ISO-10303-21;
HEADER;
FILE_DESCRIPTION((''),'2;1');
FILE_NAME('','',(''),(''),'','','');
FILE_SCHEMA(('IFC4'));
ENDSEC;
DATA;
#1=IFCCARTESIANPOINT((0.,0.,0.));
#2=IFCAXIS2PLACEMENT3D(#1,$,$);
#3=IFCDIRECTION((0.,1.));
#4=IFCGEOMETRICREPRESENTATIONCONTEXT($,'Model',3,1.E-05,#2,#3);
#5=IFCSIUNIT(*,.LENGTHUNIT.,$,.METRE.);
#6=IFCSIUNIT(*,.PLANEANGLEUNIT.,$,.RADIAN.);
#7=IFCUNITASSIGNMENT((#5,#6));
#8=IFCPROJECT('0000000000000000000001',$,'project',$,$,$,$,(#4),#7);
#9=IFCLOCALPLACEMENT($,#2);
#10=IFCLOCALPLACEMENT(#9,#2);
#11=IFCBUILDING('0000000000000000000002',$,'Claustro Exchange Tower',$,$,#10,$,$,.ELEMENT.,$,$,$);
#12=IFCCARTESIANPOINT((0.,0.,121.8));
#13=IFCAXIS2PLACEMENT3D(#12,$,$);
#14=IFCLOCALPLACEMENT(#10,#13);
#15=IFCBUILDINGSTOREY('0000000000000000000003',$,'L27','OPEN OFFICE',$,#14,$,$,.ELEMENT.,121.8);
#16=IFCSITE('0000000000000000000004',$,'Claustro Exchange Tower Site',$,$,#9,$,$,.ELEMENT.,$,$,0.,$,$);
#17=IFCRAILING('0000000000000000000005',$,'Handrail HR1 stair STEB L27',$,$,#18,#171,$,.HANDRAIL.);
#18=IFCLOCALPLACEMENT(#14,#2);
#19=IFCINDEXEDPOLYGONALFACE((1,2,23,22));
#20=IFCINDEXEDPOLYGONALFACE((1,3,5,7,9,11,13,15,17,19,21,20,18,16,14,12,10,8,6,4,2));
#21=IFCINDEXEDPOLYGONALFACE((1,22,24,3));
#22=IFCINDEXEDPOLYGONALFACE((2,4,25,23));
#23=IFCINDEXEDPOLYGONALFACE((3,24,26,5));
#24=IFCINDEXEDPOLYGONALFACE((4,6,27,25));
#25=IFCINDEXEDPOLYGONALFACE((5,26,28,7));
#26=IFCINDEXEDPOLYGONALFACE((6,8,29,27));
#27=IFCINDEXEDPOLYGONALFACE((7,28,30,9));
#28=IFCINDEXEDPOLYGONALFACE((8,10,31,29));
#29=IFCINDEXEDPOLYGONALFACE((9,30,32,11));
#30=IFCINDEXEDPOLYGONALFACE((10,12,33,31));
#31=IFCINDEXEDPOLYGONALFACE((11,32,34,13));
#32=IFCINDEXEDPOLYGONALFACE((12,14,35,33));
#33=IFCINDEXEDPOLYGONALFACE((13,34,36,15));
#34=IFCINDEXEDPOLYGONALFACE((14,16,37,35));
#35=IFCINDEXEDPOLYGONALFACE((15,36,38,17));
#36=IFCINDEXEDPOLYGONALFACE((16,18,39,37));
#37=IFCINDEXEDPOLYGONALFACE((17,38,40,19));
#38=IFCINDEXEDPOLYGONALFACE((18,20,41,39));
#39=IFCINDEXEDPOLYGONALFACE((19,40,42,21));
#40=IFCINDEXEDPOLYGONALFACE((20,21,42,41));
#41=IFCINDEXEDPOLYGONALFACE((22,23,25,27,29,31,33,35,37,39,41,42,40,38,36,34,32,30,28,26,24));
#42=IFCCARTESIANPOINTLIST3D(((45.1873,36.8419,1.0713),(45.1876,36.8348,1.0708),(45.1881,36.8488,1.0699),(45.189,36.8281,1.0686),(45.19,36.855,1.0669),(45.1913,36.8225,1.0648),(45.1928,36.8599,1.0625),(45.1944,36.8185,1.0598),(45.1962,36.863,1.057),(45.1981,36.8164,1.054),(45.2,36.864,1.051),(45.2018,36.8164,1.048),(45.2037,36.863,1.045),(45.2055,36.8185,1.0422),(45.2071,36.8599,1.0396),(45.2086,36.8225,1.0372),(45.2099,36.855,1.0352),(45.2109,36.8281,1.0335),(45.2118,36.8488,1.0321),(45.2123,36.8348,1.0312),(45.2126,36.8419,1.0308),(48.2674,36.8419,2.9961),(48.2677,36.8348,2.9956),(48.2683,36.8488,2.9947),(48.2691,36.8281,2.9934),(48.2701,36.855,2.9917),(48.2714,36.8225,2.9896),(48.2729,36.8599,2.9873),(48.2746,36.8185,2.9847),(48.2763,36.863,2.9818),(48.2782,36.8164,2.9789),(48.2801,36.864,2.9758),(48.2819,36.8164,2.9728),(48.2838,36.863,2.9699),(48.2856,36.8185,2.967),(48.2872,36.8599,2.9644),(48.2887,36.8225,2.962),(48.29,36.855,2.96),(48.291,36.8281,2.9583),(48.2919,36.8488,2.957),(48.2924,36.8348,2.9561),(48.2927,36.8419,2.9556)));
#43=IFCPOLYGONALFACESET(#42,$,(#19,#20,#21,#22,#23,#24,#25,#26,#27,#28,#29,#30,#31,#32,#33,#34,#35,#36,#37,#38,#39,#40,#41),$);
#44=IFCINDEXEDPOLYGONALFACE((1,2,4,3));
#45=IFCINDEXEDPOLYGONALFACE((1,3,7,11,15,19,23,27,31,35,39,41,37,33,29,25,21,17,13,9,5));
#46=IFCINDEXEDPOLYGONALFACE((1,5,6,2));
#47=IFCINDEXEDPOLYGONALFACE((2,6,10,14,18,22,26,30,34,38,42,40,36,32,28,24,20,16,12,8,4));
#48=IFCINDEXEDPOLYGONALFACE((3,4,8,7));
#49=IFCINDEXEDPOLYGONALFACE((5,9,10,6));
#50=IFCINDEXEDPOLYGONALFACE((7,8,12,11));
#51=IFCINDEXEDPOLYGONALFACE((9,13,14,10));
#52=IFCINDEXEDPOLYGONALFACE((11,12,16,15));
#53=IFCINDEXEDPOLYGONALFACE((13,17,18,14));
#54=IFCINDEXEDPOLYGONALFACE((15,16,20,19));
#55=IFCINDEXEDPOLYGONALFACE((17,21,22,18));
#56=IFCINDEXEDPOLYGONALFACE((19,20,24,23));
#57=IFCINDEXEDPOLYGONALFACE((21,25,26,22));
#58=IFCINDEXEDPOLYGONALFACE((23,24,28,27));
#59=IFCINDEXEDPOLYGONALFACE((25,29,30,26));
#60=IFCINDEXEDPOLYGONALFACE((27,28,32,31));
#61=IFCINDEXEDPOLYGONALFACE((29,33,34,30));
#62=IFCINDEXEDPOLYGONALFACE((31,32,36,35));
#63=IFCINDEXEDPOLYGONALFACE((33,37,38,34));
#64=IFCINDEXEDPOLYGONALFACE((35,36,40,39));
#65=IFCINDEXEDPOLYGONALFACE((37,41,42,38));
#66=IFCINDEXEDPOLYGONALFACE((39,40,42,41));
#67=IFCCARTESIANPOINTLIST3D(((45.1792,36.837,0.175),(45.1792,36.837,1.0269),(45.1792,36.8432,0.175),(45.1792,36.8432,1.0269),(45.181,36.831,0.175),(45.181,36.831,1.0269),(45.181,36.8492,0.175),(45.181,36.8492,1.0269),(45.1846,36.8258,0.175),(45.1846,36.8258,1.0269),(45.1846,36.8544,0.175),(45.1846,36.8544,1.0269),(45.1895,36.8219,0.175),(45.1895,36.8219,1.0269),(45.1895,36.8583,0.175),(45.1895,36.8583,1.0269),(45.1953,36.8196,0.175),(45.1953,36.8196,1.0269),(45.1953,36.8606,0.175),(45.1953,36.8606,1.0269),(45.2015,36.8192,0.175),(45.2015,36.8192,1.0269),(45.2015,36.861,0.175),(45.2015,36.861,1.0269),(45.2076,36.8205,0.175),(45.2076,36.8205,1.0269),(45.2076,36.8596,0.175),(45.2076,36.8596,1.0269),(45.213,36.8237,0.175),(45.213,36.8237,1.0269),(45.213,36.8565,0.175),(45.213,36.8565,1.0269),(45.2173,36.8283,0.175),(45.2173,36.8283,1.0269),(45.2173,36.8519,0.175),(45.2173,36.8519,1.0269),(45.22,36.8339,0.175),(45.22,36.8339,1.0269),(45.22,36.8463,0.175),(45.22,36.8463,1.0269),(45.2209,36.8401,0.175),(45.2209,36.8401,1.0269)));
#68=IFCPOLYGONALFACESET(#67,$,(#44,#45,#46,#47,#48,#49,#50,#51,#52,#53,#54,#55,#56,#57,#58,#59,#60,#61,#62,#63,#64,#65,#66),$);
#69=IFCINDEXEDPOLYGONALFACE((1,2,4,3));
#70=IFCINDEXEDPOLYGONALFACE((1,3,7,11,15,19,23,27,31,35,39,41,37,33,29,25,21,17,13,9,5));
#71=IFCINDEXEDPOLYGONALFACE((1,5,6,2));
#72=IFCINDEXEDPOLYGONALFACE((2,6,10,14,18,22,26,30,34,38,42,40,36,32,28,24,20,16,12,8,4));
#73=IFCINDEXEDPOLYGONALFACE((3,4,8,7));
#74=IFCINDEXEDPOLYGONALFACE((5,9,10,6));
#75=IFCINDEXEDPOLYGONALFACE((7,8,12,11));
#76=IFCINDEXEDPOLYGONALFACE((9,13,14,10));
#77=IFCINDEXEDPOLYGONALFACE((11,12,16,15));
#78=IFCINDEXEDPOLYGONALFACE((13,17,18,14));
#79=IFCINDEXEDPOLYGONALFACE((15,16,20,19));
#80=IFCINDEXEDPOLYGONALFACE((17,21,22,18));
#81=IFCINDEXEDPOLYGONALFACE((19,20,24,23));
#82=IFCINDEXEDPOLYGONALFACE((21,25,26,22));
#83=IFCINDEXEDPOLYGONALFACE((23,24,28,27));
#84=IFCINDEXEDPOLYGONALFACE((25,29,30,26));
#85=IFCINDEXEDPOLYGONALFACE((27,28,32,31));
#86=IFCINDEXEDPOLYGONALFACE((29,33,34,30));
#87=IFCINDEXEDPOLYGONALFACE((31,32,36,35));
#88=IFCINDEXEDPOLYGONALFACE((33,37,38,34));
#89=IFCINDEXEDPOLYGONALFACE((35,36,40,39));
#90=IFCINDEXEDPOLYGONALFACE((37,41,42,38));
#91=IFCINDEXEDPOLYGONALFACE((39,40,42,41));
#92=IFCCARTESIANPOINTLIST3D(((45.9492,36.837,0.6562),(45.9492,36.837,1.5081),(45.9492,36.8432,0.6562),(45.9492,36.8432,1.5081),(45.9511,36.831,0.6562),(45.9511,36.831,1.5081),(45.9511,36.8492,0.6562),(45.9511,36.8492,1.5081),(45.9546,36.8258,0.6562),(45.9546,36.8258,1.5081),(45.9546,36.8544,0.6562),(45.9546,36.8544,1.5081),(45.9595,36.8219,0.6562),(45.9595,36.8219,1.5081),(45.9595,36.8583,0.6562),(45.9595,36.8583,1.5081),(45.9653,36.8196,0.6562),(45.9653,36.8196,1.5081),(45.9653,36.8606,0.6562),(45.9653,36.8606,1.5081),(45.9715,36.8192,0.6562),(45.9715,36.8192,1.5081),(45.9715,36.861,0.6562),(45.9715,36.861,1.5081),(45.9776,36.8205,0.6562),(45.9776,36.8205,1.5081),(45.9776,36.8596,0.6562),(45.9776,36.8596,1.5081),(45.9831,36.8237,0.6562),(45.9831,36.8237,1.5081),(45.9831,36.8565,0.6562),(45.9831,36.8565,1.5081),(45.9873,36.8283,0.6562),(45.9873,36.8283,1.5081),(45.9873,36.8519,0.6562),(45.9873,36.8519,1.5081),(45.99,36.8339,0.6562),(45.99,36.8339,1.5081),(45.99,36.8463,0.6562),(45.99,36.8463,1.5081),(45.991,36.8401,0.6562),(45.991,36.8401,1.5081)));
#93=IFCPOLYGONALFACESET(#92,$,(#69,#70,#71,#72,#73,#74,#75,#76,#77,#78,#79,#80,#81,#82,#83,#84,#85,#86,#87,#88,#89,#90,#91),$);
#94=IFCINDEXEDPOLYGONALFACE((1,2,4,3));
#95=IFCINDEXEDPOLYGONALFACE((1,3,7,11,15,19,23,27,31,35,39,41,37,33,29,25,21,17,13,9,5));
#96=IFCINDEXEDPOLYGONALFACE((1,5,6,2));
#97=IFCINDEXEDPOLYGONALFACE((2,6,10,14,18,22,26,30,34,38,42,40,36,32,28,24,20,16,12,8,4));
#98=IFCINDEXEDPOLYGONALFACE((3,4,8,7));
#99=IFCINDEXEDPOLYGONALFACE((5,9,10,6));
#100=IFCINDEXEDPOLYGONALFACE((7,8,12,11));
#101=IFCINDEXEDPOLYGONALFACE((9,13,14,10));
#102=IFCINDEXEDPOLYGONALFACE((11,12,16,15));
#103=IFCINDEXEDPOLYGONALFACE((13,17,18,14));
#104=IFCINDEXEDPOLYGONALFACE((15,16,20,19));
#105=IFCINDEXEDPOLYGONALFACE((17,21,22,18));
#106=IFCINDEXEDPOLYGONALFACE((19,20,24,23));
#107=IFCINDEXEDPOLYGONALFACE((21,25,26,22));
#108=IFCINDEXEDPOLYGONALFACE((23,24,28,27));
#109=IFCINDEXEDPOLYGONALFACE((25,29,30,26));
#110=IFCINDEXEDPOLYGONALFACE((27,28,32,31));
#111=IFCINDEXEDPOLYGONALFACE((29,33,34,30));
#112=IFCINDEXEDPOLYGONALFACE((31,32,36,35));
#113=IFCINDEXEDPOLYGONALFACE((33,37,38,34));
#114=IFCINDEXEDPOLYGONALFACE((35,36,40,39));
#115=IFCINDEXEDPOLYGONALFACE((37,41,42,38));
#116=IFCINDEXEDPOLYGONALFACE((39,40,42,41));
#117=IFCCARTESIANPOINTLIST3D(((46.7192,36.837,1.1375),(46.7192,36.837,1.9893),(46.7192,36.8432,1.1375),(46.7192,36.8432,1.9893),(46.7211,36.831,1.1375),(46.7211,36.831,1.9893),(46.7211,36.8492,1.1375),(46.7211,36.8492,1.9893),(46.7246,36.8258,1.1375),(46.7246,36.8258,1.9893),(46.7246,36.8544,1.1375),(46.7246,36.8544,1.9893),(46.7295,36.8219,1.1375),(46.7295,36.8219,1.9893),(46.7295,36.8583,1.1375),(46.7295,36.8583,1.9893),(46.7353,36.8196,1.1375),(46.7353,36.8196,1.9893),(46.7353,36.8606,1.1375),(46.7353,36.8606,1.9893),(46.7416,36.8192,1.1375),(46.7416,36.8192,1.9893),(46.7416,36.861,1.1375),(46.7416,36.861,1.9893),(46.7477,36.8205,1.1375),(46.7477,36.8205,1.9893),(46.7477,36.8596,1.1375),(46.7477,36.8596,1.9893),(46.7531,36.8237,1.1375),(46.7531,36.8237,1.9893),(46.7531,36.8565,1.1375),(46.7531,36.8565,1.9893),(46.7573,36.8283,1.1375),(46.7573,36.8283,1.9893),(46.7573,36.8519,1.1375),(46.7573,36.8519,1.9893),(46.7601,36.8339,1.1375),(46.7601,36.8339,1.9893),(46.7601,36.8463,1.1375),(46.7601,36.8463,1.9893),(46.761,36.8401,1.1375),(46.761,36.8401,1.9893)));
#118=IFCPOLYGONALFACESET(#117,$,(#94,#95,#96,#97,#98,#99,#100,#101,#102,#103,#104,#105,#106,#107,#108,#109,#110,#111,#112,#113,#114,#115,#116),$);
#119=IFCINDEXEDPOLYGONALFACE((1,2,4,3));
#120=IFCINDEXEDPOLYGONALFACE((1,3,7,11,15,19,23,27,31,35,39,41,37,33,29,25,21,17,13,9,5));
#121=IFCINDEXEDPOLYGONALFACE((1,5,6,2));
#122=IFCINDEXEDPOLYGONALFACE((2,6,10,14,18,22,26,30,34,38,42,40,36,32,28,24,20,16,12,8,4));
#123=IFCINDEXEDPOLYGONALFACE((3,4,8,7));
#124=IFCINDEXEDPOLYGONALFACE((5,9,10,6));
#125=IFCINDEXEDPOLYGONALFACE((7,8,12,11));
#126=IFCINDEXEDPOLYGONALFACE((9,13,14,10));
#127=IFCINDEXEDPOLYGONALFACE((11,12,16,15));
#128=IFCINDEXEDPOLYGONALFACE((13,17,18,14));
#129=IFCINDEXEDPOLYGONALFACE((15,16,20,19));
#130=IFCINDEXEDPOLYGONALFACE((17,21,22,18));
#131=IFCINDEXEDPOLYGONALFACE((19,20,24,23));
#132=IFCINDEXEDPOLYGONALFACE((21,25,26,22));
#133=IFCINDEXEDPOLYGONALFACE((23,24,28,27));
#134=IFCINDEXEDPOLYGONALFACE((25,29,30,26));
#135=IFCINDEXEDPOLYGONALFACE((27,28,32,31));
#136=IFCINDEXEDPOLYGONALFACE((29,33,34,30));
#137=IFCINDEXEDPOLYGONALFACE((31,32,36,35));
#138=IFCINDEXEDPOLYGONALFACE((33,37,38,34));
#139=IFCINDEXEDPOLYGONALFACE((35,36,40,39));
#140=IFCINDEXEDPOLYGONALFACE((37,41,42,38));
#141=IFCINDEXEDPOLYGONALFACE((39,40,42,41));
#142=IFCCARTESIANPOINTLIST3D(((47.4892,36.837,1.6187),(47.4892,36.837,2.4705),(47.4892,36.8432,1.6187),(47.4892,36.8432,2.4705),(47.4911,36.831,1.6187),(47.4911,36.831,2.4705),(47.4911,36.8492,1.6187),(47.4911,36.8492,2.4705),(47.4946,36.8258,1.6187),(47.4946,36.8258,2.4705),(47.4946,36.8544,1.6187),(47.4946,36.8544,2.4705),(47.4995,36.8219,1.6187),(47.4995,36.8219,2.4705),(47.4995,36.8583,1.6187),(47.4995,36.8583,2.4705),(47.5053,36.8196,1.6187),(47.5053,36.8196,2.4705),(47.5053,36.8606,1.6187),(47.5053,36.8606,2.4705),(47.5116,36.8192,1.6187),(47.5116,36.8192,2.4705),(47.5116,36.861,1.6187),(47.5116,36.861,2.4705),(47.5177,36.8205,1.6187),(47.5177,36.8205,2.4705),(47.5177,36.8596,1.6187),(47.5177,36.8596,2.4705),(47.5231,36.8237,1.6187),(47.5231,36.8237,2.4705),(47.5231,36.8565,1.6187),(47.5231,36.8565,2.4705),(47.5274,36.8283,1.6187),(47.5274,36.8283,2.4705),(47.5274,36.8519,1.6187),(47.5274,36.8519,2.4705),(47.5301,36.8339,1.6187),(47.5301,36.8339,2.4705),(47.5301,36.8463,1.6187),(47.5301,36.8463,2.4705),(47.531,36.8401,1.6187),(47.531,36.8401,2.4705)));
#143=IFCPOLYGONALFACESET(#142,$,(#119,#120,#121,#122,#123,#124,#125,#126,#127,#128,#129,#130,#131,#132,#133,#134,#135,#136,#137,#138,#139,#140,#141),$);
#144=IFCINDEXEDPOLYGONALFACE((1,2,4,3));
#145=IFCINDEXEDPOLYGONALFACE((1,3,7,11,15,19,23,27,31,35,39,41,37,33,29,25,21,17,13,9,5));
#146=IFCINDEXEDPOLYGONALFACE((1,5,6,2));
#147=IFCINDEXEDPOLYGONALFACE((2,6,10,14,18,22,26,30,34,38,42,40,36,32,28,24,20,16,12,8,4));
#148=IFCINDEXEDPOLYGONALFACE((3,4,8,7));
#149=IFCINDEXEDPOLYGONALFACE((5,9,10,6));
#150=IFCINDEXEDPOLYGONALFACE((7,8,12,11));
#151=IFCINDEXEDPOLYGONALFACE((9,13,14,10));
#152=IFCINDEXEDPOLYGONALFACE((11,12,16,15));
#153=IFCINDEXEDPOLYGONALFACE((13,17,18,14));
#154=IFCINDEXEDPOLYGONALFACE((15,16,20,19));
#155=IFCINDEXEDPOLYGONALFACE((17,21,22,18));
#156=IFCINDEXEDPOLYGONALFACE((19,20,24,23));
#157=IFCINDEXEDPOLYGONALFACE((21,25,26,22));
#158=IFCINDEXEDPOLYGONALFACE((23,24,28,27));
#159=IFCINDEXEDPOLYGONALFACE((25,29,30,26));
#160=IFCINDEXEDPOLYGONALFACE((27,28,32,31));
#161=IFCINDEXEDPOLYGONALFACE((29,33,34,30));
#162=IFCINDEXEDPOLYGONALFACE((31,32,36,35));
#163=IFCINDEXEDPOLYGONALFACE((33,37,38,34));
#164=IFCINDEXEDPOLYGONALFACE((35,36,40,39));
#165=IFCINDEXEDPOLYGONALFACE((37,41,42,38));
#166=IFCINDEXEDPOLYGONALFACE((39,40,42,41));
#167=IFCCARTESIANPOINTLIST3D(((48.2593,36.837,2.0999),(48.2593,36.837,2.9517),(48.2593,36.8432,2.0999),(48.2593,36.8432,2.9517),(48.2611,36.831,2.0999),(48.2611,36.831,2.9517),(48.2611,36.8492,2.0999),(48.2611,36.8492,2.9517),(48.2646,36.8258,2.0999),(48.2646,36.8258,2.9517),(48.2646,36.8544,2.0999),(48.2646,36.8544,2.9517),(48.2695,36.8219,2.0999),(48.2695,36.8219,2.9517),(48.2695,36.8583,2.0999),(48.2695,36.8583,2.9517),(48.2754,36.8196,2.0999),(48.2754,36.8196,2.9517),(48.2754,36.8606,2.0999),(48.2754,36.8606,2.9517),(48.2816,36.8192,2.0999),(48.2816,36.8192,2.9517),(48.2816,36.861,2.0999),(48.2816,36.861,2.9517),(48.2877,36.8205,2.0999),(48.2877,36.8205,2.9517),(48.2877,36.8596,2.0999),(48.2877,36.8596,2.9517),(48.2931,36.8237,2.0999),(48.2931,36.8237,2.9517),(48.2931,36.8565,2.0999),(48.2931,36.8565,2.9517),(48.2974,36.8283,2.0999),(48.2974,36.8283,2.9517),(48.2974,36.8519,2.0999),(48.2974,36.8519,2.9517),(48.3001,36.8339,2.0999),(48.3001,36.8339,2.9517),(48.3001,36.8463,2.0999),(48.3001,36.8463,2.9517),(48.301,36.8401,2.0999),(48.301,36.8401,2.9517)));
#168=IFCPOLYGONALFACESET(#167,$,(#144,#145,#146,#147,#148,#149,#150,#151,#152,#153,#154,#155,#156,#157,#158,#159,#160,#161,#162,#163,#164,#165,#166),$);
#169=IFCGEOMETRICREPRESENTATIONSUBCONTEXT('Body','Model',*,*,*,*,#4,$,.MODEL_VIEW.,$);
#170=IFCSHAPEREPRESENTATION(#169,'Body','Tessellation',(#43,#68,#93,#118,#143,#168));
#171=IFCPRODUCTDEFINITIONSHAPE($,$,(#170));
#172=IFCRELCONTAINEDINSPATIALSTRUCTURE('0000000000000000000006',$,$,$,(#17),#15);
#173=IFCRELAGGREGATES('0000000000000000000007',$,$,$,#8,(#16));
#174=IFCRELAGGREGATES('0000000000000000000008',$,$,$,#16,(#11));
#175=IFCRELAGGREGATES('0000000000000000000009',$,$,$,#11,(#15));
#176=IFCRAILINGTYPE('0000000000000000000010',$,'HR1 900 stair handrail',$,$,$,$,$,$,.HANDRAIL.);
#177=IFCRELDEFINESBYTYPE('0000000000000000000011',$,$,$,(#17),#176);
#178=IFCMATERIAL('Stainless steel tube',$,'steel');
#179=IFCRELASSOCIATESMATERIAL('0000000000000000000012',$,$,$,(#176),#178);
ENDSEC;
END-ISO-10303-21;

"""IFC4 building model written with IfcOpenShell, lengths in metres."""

from ifc_helpers import new_model, si_unit, direction, frame, origin, origin_2d, place, context, subcontext, project, spatial, circle, extrude, material, type_object, element, save


model = new_model("IFC4")

# Units and contexts
model_context = context("Model", 3, precision=1e-05, world=origin(), true_north=direction((0.0, 1.0)))
body_context = subcontext(model_context, "Body", "Model", "MODEL_VIEW")
ifc_project = project(units=[si_unit("LENGTHUNIT", "METRE"), si_unit("PLANEANGLEUNIT", "RADIAN")], contexts=[model_context])

# Site, building, storey
site_placement = place(None, origin())
site = spatial("IfcSite", under=ifc_project, at=site_placement, Name="Claustro Exchange Tower Site", CompositionType="ELEMENT", RefElevation=0.0)
building_placement = place(site_placement, origin())
building = spatial("IfcBuilding", under=site, at=building_placement, Name="Claustro Exchange Tower", CompositionType="ELEMENT")
storey_placement = place(building_placement, frame((0.0, 0.0, 121.8)))
storey = spatial("IfcBuildingStorey", under=building, at=storey_placement, Name="L27", Description="OPEN OFFICE", CompositionType="ELEMENT", Elevation=121.8)

# Railing
ifc_material_1 = material(Name="Stainless steel tube", Category="steel")
railing_type_1 = type_object("IfcRailingType", Name="HR1 900 stair handrail", PredefinedType="HANDRAIL", material=ifc_material_1)
railing_1_placement = place(storey_placement, frame((45.2, 36.8401, 0.175)))
element("IfcRailing", 1, at=railing_1_placement, inside=storey, type_object=railing_type_1, Name="Handrail HR1 stair STEB L27", PredefinedType="HANDRAIL", context=body_context, shape_type="SweptSolid", body=[
    extrude(circle(Radius=0.0239, at=origin_2d()), frame((0.0, 0.0, 0.876), z_axis=(0.848029, 0.0, 0.529951), x_axis=(0.0, 1.0, 0.0)), (0.0, 0.0, 1.0), 3.6321),
    extrude(circle(Radius=0.021, at=origin_2d()), origin(), (0.0, 0.0, 1.0), 0.8518),
    extrude(circle(Radius=0.021, at=origin_2d()), frame((0.77, 0.0, 0.4812)), (0.0, 0.0, 1.0), 0.8518),
    extrude(circle(Radius=0.021, at=origin_2d()), frame((1.54, 0.0, 0.9624)), (0.0, 0.0, 1.0), 0.8518),
    extrude(circle(Radius=0.021, at=origin_2d()), frame((2.3101, 0.0, 1.4436)), (0.0, 0.0, 1.0), 0.8518),
    extrude(circle(Radius=0.021, at=origin_2d()), frame((3.0801, 0.0, 1.9248)), (0.0, 0.0, 1.0), 0.8518),
])

save(model, "model.ifc")
